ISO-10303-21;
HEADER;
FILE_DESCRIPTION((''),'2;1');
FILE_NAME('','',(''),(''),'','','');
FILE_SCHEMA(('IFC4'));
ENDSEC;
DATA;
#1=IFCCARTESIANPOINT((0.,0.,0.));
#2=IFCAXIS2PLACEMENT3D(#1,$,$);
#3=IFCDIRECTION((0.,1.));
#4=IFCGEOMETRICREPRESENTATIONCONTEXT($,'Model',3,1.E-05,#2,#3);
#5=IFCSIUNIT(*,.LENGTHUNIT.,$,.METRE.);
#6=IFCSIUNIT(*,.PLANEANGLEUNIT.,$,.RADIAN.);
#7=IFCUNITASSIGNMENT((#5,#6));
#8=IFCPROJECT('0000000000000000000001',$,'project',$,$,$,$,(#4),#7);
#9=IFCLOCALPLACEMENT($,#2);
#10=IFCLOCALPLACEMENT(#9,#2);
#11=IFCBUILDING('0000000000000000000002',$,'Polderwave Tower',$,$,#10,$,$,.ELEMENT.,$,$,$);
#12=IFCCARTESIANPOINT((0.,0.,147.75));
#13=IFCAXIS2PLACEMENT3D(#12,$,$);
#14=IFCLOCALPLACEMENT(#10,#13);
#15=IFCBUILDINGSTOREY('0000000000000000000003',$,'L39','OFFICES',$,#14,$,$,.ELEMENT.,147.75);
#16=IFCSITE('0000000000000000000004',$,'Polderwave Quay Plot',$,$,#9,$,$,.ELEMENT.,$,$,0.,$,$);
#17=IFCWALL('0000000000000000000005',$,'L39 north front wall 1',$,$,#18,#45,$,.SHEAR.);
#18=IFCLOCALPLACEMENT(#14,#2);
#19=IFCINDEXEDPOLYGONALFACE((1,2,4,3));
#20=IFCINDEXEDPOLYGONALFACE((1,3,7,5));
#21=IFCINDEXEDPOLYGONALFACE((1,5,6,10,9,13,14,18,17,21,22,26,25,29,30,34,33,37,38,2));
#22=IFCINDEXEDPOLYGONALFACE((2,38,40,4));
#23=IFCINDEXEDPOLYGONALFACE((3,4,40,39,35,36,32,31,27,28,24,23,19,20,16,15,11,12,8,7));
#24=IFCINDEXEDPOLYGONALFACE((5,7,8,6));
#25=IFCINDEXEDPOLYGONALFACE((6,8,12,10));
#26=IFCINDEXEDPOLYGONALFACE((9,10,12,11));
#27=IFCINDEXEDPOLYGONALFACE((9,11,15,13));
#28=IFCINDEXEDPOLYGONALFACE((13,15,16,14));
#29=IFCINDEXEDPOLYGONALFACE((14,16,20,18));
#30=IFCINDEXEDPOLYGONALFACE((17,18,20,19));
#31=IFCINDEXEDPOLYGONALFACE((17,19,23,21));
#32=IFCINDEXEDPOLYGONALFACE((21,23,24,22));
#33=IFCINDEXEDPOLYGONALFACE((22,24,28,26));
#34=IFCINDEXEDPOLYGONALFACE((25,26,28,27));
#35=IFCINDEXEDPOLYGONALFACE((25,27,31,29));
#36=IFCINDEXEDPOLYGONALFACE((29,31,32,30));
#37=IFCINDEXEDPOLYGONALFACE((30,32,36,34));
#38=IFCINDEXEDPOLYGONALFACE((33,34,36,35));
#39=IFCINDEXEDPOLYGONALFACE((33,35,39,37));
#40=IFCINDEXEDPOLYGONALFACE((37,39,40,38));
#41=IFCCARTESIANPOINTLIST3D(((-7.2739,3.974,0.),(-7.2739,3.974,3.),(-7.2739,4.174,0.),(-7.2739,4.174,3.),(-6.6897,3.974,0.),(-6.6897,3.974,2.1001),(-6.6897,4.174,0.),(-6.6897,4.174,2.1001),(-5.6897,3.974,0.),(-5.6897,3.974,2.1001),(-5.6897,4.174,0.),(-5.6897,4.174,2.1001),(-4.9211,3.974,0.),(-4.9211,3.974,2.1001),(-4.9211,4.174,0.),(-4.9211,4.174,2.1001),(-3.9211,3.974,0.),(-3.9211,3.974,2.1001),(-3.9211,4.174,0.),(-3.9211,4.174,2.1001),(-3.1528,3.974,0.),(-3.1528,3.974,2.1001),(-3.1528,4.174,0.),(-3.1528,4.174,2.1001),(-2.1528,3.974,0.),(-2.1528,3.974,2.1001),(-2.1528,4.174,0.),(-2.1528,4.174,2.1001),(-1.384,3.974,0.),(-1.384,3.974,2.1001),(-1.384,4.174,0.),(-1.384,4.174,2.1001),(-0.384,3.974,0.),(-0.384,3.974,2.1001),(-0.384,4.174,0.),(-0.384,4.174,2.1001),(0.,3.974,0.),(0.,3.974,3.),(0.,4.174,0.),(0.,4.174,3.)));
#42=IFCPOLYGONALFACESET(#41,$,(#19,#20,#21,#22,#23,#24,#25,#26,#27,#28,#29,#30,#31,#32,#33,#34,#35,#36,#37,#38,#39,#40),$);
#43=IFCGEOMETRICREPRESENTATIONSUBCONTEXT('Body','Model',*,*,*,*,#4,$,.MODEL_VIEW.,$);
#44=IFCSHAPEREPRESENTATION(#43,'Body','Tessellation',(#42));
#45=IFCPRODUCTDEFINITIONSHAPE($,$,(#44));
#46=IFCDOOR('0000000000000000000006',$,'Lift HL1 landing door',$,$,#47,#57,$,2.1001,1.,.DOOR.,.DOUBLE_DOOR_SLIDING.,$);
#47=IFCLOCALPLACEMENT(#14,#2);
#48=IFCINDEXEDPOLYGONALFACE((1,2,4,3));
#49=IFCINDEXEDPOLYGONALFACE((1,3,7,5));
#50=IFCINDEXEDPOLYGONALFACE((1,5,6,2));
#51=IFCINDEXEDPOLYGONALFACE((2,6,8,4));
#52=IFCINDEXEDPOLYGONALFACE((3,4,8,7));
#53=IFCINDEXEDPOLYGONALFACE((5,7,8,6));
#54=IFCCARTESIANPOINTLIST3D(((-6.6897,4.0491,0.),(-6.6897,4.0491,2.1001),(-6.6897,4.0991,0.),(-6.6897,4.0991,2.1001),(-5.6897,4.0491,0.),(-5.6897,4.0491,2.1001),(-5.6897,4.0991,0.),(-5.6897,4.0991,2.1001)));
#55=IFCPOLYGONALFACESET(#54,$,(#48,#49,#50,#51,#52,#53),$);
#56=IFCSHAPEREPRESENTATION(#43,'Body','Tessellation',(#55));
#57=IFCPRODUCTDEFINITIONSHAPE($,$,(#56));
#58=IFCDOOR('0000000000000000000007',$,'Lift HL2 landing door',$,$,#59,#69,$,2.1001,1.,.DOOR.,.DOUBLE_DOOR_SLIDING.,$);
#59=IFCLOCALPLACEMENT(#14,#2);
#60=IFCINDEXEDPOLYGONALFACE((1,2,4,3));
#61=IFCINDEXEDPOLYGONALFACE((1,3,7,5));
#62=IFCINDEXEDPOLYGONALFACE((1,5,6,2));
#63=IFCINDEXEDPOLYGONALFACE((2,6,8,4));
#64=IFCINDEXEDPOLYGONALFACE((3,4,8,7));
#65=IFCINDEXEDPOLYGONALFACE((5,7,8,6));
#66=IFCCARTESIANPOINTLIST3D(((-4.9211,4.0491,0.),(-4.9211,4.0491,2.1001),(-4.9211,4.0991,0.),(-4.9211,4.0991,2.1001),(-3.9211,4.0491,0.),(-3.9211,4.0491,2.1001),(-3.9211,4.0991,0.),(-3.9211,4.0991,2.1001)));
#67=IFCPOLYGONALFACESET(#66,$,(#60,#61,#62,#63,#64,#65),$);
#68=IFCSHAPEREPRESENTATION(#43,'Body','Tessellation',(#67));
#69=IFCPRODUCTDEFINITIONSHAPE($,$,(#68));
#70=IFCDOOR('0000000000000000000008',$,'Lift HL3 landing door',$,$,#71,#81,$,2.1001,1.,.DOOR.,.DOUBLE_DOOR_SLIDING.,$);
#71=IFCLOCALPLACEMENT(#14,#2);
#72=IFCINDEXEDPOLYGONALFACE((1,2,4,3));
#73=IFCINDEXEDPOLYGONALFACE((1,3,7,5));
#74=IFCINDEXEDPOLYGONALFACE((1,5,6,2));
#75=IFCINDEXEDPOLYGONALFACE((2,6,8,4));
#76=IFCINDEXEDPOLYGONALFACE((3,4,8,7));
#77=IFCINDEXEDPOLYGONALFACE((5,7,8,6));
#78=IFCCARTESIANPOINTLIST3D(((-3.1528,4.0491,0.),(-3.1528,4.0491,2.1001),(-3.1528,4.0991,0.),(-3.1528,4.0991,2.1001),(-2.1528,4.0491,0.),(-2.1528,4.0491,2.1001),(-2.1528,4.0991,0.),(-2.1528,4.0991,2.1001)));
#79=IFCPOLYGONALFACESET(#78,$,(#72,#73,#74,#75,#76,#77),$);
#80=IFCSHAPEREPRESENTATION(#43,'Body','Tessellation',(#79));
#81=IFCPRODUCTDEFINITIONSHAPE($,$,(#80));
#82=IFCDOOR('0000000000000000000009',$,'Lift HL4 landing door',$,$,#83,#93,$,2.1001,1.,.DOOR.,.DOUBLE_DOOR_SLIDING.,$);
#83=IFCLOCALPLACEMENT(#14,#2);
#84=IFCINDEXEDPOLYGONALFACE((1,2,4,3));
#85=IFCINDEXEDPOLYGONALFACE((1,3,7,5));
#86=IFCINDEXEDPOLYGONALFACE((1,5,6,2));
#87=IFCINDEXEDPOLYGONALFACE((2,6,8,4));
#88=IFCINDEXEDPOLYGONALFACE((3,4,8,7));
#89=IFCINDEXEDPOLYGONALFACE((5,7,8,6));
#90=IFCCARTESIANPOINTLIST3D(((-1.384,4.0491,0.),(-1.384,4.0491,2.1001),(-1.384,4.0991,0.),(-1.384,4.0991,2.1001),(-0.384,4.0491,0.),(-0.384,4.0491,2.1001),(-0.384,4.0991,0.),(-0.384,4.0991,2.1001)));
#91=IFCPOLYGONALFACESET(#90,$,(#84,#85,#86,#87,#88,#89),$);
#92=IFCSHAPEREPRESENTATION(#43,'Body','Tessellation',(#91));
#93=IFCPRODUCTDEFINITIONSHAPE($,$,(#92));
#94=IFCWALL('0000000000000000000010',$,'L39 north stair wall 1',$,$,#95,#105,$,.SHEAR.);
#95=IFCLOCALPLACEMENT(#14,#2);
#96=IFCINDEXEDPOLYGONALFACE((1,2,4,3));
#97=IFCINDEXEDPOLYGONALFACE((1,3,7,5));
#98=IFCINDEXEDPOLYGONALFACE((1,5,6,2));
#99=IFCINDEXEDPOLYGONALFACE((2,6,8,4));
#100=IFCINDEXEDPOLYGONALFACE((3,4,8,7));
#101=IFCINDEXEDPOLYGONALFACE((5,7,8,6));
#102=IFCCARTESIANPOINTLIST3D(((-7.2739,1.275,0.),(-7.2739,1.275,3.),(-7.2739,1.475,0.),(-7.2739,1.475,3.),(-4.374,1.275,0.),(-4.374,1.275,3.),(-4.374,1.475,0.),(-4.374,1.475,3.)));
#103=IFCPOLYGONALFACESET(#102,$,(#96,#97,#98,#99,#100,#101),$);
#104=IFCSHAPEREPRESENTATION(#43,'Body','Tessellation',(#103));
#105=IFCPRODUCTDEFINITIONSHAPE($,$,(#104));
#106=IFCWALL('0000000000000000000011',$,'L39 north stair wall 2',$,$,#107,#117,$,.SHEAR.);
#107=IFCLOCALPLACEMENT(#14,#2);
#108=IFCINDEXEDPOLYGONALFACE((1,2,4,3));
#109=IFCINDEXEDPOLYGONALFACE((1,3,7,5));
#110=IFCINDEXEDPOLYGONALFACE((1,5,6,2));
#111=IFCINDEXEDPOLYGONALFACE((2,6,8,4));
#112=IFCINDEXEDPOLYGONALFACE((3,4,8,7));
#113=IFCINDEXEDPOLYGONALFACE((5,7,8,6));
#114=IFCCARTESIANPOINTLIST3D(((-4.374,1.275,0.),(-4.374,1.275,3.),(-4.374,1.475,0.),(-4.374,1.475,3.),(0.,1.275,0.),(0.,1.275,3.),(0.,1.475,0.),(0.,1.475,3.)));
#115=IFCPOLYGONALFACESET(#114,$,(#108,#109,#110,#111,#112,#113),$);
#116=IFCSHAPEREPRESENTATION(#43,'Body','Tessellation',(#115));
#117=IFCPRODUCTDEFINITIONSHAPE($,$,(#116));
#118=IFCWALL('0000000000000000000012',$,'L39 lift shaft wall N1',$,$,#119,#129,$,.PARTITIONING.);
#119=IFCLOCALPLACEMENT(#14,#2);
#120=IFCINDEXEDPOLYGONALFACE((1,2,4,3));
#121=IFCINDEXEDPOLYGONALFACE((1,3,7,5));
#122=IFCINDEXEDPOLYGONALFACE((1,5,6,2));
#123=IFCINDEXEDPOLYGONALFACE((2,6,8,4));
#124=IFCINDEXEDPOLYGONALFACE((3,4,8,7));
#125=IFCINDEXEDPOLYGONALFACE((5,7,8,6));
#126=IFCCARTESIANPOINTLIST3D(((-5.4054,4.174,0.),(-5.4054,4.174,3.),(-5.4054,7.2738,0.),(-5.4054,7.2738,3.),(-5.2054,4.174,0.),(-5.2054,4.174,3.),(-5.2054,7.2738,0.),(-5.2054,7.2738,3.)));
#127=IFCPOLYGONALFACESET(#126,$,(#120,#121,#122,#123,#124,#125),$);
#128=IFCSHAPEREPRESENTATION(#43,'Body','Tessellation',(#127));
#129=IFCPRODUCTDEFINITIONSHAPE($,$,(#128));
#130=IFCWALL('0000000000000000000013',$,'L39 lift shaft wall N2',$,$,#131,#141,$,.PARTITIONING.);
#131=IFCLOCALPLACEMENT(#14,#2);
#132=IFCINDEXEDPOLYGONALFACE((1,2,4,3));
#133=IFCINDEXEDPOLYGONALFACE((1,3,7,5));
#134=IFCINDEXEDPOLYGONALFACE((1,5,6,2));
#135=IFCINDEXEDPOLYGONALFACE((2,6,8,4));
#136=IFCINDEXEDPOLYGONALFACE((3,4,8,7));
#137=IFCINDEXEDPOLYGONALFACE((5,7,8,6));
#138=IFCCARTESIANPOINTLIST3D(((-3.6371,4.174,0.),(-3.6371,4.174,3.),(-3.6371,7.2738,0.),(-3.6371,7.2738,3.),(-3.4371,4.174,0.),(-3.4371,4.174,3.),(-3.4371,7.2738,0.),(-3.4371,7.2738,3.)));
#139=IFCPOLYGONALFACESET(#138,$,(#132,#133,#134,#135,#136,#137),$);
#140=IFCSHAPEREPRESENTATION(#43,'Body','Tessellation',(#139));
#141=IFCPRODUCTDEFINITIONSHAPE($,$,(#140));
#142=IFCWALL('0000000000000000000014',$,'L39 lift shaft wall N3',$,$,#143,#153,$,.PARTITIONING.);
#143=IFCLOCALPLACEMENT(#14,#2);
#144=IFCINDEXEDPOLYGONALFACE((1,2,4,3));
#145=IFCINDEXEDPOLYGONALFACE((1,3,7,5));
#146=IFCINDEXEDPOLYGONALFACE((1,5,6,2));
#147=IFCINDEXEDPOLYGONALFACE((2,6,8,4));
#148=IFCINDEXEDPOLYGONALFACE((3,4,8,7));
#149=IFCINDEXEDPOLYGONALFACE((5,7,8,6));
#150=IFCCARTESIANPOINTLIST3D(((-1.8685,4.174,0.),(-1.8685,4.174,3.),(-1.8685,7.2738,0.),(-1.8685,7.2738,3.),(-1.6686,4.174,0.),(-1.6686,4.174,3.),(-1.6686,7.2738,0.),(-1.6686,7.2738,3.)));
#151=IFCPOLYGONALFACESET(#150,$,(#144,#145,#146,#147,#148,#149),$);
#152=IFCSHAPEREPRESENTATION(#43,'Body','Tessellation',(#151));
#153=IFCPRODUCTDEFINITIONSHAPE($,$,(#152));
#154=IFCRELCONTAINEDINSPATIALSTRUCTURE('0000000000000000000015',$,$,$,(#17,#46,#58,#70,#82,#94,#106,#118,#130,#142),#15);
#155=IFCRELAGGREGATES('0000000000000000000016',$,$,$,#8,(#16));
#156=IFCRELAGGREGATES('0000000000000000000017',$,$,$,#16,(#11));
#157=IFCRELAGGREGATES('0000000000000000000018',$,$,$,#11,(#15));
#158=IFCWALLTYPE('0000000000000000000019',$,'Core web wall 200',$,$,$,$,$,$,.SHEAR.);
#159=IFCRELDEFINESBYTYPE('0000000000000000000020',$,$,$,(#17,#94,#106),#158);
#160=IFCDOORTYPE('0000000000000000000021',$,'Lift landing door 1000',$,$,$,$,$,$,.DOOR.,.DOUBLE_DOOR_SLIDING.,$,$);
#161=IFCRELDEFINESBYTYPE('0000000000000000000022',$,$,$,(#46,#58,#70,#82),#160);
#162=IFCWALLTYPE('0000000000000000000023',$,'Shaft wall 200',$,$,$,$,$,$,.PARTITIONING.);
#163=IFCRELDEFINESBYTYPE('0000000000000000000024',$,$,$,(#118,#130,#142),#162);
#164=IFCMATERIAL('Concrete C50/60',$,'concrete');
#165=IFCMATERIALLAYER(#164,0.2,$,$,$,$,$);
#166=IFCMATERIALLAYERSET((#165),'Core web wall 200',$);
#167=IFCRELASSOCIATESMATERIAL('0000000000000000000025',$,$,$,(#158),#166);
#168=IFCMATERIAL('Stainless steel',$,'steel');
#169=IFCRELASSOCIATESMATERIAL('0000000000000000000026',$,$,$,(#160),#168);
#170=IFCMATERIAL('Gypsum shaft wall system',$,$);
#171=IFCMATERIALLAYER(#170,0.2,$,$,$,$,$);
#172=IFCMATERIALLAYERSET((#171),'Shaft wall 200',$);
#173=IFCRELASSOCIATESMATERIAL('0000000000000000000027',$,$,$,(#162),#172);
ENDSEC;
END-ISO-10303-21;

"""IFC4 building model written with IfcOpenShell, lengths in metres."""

from ifc_helpers import new_model, si_unit, direction, frame, frame_2d, origin, place, context, subcontext, project, spatial, rectangle, extrude, material, layer, layer_set, type_object, element, fill, save


model = new_model("IFC4")

# Units and contexts
model_context = context("Model", 3, precision=1e-05, world=origin(), true_north=direction((0.0, 1.0)))
body_context = subcontext(model_context, "Body", "Model", "MODEL_VIEW")
ifc_project = project(units=[si_unit("LENGTHUNIT", "METRE"), si_unit("PLANEANGLEUNIT", "RADIAN")], contexts=[model_context])

# Site, building, storey
site_placement = place(None, origin())
site = spatial("IfcSite", under=ifc_project, at=site_placement, Name="Polderwave Quay Plot", CompositionType="ELEMENT", RefElevation=0.0)
building_placement = place(site_placement, origin())
building = spatial("IfcBuilding", under=site, at=building_placement, Name="Polderwave Tower", CompositionType="ELEMENT")
storey_placement = place(building_placement, frame((0.0, 0.0, 147.75)))
storey = spatial("IfcBuildingStorey", under=building, at=storey_placement, Name="L39", Description="OFFICES", CompositionType="ELEMENT", Elevation=147.75)

# Wall, openings, doors
ifc_material_1 = material(Name="Concrete C50/60", Category="concrete")
ifc_layer_1 = layer(ifc_material_1, 0.2)
ifc_layer_set_1 = layer_set([ifc_layer_1], Name="Core web wall 200")
wall_type_1 = type_object("IfcWallType", Name="Core web wall 200", PredefinedType="SHEAR", material=ifc_layer_set_1)
wall_1_placement = place(storey_placement, frame((-7.2739, 4.074, 0.0), z_axis=(0.0, 0.0, 1.0), x_axis=(1.0, 0.0, 0.0)))
wall_1 = element("IfcWall", 1, at=wall_1_placement, inside=storey, type_object=wall_type_1, Name="L39 north front wall 1", PredefinedType="SHEAR", context=body_context, shape_type="SweptSolid", body=[
    extrude(rectangle(XDim=7.2739, YDim=0.2, at=frame_2d((3.637, 0.0))), origin(), (0.0, 0.0, 1.0), 3.0),
])
opening_1_placement = place(wall_1_placement, frame((0.5842, 0.0, 0.0)))
opening_1 = element("IfcOpeningElement", 2, at=opening_1_placement, cuts=wall_1, PredefinedType="OPENING", context=body_context, shape_type="SweptSolid", body=[
    extrude(rectangle(XDim=1.0, YDim=2.1001, at=frame_2d((0.5, 1.05))), frame((0.0, 0.1099, 0.0), z_axis=(0.0, -1.0, 0.0), x_axis=(1.0, 0.0, 0.0)), (0.0, 0.0, 1.0), 0.22),
])
opening_2_placement = place(wall_1_placement, frame((2.3528, 0.0, 0.0)))
opening_2 = element("IfcOpeningElement", 3, at=opening_2_placement, cuts=wall_1, PredefinedType="OPENING", context=body_context, shape_type="SweptSolid", body=[
    extrude(rectangle(XDim=1.0, YDim=2.1001, at=frame_2d((0.5, 1.05))), frame((0.0, 0.1099, 0.0), z_axis=(0.0, -1.0, 0.0), x_axis=(1.0, 0.0, 0.0)), (0.0, 0.0, 1.0), 0.22),
])
opening_3_placement = place(wall_1_placement, frame((4.1211, 0.0, 0.0)))
opening_3 = element("IfcOpeningElement", 4, at=opening_3_placement, cuts=wall_1, PredefinedType="OPENING", context=body_context, shape_type="SweptSolid", body=[
    extrude(rectangle(XDim=1.0, YDim=2.1001, at=frame_2d((0.5, 1.05))), frame((0.0, 0.1099, 0.0), z_axis=(0.0, -1.0, 0.0), x_axis=(1.0, 0.0, 0.0)), (0.0, 0.0, 1.0), 0.22),
])
opening_4_placement = place(wall_1_placement, frame((5.8899, 0.0, 0.0)))
opening_4 = element("IfcOpeningElement", 5, at=opening_4_placement, cuts=wall_1, PredefinedType="OPENING", context=body_context, shape_type="SweptSolid", body=[
    extrude(rectangle(XDim=1.0, YDim=2.1001, at=frame_2d((0.5, 1.05))), frame((0.0, 0.1099, 0.0), z_axis=(0.0, -1.0, 0.0), x_axis=(1.0, 0.0, 0.0)), (0.0, 0.0, 1.0), 0.22),
])
ifc_material_2 = material(Name="Stainless steel", Category="steel")
door_type = type_object("IfcDoorType", Name="Lift landing door 1000", OperationType="DOUBLE_DOOR_SLIDING", PredefinedType="DOOR", material=ifc_material_2)
door_1_placement = place(opening_1_placement, frame((1.0, 0.0, 0.0), z_axis=(0.0, 0.0, 1.0), x_axis=(-1.0, 0.0, 0.0)))
door_1 = element("IfcDoor", 6, at=door_1_placement, inside=storey, type_object=door_type, Name="Lift HL1 landing door", OperationType="DOUBLE_DOOR_SLIDING", OverallHeight=2.1001, OverallWidth=1.0, PredefinedType="DOOR", context=body_context, shape_type="SweptSolid", body=[
    extrude(rectangle(XDim=1.0, YDim=2.1001, at=frame_2d((0.5, 1.05))), frame((0.0, 0.0249, 0.0), z_axis=(0.0, -1.0, 0.0), x_axis=(1.0, 0.0, 0.0)), (0.0, 0.0, 1.0), 0.05),
])
fill(opening_1, door_1)
door_2_placement = place(opening_2_placement, frame((1.0, 0.0, 0.0), z_axis=(0.0, 0.0, 1.0), x_axis=(-1.0, 0.0, 0.0)))
door_2 = element("IfcDoor", 7, at=door_2_placement, inside=storey, type_object=door_type, Name="Lift HL2 landing door", OperationType="DOUBLE_DOOR_SLIDING", OverallHeight=2.1001, OverallWidth=1.0, PredefinedType="DOOR", context=body_context, shape_type="SweptSolid", body=[
    extrude(rectangle(XDim=1.0, YDim=2.1001, at=frame_2d((0.5, 1.05))), frame((0.0, 0.0249, 0.0), z_axis=(0.0, -1.0, 0.0), x_axis=(1.0, 0.0, 0.0)), (0.0, 0.0, 1.0), 0.05),
])
fill(opening_2, door_2)
door_3_placement = place(opening_3_placement, frame((1.0, 0.0, 0.0), z_axis=(0.0, 0.0, 1.0), x_axis=(-1.0, 0.0, 0.0)))
door_3 = element("IfcDoor", 8, at=door_3_placement, inside=storey, type_object=door_type, Name="Lift HL3 landing door", OperationType="DOUBLE_DOOR_SLIDING", OverallHeight=2.1001, OverallWidth=1.0, PredefinedType="DOOR", context=body_context, shape_type="SweptSolid", body=[
    extrude(rectangle(XDim=1.0, YDim=2.1001, at=frame_2d((0.5, 1.05))), frame((0.0, 0.0249, 0.0), z_axis=(0.0, -1.0, 0.0), x_axis=(1.0, 0.0, 0.0)), (0.0, 0.0, 1.0), 0.05),
])
fill(opening_3, door_3)
door_4_placement = place(opening_4_placement, frame((1.0, 0.0, 0.0), z_axis=(0.0, 0.0, 1.0), x_axis=(-1.0, 0.0, 0.0)))
door_4 = element("IfcDoor", 9, at=door_4_placement, inside=storey, type_object=door_type, Name="Lift HL4 landing door", OperationType="DOUBLE_DOOR_SLIDING", OverallHeight=2.1001, OverallWidth=1.0, PredefinedType="DOOR", context=body_context, shape_type="SweptSolid", body=[
    extrude(rectangle(XDim=1.0, YDim=2.1001, at=frame_2d((0.5, 1.05))), frame((0.0, 0.0249, 0.0), z_axis=(0.0, -1.0, 0.0), x_axis=(1.0, 0.0, 0.0)), (0.0, 0.0, 1.0), 0.05),
])
fill(opening_4, door_4)

# Walls
wall_2_placement = place(storey_placement, frame((-7.2739, 1.375, 0.0), z_axis=(0.0, 0.0, 1.0), x_axis=(1.0, 0.0, 0.0)))
element("IfcWall", 10, at=wall_2_placement, inside=storey, type_object=wall_type_1, Name="L39 north stair wall 1", PredefinedType="SHEAR", context=body_context, shape_type="SweptSolid", body=[
    extrude(rectangle(XDim=2.8999, YDim=0.2, at=frame_2d((1.45, 0.0))), origin(), (0.0, 0.0, 1.0), 3.0),
])
wall_3_placement = place(storey_placement, frame((-4.374, 1.375, 0.0), z_axis=(0.0, 0.0, 1.0), x_axis=(1.0, 0.0, 0.0)))
element("IfcWall", 11, at=wall_3_placement, inside=storey, type_object=wall_type_1, Name="L39 north stair wall 2", PredefinedType="SHEAR", context=body_context, shape_type="SweptSolid", body=[
    extrude(rectangle(XDim=4.374, YDim=0.2, at=frame_2d((2.187, 0.0))), origin(), (0.0, 0.0, 1.0), 3.0),
])
ifc_material_3 = material(Name="Gypsum shaft wall system")
ifc_layer_2 = layer(ifc_material_3, 0.2)
ifc_layer_set_2 = layer_set([ifc_layer_2], Name="Shaft wall 200")
wall_type_2 = type_object("IfcWallType", Name="Shaft wall 200", PredefinedType="PARTITIONING", material=ifc_layer_set_2)
for number, where, z_axis, x_axis, name in (
    (12, (-5.3054, 4.1741, 0.0), (0.0, 0.0, 1.0), (0.0, 1.0, 0.0), "L39 lift shaft wall N1"),
    (13, (-3.5371, 4.1741, 0.0), (0.0, 0.0, 1.0), (0.0, 1.0, 0.0), "L39 lift shaft wall N2"),
    (14, (-1.7686, 4.1741, 0.0), (0.0, 0.0, 1.0), (0.0, 1.0, 0.0), "L39 lift shaft wall N3"),
):
    element("IfcWall", number, at=place(storey_placement, frame(where, z_axis=z_axis, x_axis=x_axis)), inside=storey, type_object=wall_type_2, Name=name, PredefinedType="PARTITIONING", context=body_context, shape_type="SweptSolid", body=[
        extrude(rectangle(XDim=3.0999, YDim=0.2, at=frame_2d((1.5498, 0.0))), origin(), (0.0, 0.0, 1.0), 3.0),
    ])

save(model, "model.ifc")
